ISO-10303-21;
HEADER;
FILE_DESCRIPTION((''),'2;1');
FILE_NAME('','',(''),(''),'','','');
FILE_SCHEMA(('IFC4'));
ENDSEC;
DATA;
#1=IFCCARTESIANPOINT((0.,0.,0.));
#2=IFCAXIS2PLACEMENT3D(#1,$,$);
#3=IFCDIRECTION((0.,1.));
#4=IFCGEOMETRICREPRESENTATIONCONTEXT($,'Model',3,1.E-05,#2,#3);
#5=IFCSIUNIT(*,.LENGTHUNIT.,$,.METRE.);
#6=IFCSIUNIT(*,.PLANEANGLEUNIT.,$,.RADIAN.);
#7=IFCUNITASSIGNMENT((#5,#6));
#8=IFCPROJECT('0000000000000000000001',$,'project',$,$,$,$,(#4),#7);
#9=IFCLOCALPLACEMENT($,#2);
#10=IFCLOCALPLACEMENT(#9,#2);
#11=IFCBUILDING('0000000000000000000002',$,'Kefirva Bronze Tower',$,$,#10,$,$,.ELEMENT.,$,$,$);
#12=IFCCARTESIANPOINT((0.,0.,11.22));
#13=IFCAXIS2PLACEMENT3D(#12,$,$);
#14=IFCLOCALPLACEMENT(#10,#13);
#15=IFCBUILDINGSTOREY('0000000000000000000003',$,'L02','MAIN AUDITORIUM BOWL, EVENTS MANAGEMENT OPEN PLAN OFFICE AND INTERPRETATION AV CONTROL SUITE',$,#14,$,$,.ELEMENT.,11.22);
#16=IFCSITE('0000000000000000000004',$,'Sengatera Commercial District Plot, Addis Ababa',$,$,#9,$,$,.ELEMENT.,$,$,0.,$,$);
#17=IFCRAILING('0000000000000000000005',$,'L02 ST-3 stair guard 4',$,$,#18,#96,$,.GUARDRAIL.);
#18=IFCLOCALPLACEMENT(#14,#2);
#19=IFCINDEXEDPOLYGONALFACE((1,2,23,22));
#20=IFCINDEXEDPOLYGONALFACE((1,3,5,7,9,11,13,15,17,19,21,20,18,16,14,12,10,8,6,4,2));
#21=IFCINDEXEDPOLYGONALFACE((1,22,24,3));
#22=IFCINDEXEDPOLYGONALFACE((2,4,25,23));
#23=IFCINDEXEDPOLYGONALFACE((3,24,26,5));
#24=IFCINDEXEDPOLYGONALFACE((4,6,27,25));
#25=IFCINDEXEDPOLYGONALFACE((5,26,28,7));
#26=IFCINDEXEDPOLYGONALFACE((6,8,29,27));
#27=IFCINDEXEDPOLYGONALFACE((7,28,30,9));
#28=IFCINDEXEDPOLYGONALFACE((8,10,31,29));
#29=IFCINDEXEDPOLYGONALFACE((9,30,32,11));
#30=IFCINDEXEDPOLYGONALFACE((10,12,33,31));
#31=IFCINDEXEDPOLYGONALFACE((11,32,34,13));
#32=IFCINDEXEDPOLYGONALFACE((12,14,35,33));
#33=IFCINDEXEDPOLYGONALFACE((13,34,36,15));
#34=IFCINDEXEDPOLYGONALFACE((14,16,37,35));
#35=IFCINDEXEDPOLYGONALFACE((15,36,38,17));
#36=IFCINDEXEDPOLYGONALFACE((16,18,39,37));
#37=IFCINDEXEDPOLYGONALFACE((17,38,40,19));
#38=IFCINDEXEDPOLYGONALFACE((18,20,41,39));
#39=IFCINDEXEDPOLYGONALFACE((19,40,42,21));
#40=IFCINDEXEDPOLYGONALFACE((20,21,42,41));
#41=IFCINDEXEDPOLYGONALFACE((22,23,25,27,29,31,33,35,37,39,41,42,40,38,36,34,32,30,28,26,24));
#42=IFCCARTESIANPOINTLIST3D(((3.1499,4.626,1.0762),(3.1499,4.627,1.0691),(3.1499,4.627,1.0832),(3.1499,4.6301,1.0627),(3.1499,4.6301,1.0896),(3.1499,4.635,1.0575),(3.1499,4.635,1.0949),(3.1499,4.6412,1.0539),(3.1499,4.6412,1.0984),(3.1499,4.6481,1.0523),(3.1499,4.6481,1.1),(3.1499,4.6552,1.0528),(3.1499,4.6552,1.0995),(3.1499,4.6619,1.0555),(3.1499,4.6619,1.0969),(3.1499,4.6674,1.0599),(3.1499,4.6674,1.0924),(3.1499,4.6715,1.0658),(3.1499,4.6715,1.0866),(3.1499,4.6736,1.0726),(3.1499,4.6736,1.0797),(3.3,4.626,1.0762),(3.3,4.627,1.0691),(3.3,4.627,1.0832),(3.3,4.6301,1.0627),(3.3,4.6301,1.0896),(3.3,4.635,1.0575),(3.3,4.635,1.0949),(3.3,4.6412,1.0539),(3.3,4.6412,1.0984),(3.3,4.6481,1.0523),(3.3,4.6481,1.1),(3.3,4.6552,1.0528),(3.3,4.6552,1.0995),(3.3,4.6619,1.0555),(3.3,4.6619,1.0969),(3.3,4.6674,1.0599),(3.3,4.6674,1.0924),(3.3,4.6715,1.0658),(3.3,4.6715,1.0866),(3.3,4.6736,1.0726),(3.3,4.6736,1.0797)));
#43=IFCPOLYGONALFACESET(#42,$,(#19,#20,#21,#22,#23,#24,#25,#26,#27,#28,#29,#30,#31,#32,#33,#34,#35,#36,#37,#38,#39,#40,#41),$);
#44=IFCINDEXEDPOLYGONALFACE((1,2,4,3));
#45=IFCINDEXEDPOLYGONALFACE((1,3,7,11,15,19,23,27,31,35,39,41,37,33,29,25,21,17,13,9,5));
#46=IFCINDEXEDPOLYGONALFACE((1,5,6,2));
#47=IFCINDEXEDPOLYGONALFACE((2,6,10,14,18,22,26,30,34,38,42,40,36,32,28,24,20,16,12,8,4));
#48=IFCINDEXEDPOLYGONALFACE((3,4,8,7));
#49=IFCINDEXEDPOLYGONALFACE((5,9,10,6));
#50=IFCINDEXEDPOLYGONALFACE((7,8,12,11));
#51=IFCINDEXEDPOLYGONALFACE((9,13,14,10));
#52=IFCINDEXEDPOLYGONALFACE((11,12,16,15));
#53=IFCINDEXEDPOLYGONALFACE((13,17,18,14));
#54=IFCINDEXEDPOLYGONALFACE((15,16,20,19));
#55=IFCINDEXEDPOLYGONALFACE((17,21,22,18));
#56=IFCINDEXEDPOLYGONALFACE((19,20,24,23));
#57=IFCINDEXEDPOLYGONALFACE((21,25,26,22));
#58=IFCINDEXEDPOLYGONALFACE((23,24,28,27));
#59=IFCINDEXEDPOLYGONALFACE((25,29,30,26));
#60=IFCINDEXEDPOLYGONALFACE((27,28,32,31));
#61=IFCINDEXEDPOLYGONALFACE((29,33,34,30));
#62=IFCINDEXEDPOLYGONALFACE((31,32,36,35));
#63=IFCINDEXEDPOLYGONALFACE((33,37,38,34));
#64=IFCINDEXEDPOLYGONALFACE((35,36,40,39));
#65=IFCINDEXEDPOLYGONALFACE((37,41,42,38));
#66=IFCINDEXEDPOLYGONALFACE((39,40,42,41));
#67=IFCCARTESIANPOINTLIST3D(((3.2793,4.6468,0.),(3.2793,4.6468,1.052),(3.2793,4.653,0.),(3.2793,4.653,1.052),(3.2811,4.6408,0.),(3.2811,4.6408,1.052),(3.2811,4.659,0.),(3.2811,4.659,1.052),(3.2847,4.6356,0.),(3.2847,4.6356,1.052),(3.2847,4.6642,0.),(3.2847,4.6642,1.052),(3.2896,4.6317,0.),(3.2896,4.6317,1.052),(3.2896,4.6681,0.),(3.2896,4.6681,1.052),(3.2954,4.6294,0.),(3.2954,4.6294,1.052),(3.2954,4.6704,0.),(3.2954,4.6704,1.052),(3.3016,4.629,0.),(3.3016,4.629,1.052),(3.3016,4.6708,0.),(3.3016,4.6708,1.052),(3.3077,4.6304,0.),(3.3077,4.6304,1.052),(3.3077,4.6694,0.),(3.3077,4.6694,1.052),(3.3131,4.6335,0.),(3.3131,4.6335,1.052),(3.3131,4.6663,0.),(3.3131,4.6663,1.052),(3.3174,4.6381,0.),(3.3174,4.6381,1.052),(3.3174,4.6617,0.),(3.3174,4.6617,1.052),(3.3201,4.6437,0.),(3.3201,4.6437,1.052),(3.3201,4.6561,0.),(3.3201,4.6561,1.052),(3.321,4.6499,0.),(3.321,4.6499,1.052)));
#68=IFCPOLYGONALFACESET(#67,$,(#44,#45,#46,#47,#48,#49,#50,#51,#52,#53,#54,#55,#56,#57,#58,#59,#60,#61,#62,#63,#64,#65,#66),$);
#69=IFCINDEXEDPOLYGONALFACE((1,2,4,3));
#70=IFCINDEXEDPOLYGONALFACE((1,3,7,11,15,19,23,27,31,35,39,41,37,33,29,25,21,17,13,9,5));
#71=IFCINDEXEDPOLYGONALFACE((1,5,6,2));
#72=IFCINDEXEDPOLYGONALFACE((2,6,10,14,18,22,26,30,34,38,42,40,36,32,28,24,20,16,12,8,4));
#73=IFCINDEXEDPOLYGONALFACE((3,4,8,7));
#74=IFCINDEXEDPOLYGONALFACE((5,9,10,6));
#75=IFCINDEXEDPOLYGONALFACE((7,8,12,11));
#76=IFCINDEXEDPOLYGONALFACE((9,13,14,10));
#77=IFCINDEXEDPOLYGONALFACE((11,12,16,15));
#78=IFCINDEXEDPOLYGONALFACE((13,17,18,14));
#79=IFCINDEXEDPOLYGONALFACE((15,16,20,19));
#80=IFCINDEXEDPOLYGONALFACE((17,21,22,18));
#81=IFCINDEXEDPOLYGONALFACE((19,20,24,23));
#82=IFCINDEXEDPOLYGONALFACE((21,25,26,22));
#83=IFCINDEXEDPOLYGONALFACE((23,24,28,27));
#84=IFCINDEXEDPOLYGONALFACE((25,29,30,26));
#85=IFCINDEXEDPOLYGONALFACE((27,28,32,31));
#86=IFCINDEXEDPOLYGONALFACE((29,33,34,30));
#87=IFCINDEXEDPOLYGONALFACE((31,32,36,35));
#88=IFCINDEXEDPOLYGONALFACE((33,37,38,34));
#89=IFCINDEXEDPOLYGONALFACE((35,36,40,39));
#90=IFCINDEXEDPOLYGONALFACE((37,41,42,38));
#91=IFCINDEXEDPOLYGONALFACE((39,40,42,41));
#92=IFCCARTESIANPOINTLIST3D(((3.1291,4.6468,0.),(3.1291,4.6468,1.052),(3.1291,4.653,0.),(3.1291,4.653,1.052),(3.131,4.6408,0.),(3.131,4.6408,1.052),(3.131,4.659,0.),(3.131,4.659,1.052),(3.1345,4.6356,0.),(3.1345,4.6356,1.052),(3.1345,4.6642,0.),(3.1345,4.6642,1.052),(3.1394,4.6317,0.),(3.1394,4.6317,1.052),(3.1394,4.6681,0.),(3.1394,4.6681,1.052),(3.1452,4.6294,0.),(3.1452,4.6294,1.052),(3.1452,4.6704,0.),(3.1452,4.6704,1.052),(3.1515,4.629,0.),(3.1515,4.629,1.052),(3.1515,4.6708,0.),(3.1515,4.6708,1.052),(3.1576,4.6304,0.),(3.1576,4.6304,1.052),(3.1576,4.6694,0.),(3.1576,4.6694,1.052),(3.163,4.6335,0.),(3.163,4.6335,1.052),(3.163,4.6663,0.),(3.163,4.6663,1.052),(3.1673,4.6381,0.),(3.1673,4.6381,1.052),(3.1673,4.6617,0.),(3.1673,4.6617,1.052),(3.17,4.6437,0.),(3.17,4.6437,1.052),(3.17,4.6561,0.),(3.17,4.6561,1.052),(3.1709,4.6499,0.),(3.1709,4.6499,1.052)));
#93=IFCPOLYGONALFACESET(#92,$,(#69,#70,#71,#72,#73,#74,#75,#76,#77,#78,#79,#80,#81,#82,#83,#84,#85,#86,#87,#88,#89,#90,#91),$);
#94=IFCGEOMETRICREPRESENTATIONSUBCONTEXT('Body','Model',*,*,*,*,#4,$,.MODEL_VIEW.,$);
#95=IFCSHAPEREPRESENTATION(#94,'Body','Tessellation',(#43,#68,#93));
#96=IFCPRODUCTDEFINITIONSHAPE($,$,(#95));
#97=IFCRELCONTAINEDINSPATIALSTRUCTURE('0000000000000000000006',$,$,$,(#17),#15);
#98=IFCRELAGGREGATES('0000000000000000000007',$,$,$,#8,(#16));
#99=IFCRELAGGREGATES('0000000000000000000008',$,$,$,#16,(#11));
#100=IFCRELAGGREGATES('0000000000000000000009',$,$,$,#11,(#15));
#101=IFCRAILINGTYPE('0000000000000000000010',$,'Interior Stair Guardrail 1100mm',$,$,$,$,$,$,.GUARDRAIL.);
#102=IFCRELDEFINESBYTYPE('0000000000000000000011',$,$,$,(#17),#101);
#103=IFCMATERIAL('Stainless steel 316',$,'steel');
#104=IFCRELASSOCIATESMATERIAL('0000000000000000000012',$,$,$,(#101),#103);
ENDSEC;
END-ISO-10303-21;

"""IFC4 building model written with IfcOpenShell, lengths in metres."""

from ifc_helpers import new_model, si_unit, direction, frame, origin, origin_2d, place, context, subcontext, project, spatial, circle, extrude, material, type_object, element, save


model = new_model("IFC4")

# Units and contexts
model_context = context("Model", 3, precision=1e-05, world=origin(), true_north=direction((0.0, 1.0)))
body_context = subcontext(model_context, "Body", "Model", "MODEL_VIEW")
ifc_project = project(units=[si_unit("LENGTHUNIT", "METRE"), si_unit("PLANEANGLEUNIT", "RADIAN")], contexts=[model_context])

# Site, building, storey
site_placement = place(None, origin())
site = spatial("IfcSite", under=ifc_project, at=site_placement, Name="Sengatera Commercial District Plot, Addis Ababa", CompositionType="ELEMENT", RefElevation=0.0)
building_placement = place(site_placement, origin())
building = spatial("IfcBuilding", under=site, at=building_placement, Name="Kefirva Bronze Tower", CompositionType="ELEMENT")
storey_placement = place(building_placement, frame((0.0, 0.0, 11.22)))
storey = spatial("IfcBuildingStorey", under=building, at=storey_placement, Name="L02", Description="MAIN AUDITORIUM BOWL, EVENTS MANAGEMENT OPEN PLAN OFFICE AND INTERPRETATION AV CONTROL SUITE", CompositionType="ELEMENT", Elevation=11.22)

# Railing
ifc_material_1 = material(Name="Stainless steel 316", Category="steel")
railing_type_1 = type_object("IfcRailingType", Name="Interior Stair Guardrail 1100mm", PredefinedType="GUARDRAIL", material=ifc_material_1)
railing_1_placement = place(storey_placement, frame((3.3, 4.6499, 0.0)))
element("IfcRailing", 1, at=railing_1_placement, inside=storey, type_object=railing_type_1, Name="L02 ST-3 stair guard 4", PredefinedType="GUARDRAIL", context=body_context, shape_type="SweptSolid", body=[
    extrude(circle(Radius=0.0239, at=origin_2d()), frame((0.0, 0.0, 1.0762), z_axis=(-1.0, 0.0, 0.0), x_axis=(0.0, -1.0, 0.0)), (0.0, 0.0, 1.0), 0.1501),
    extrude(circle(Radius=0.021, at=origin_2d()), origin(), (0.0, 0.0, 1.0), 1.052),
    extrude(circle(Radius=0.021, at=origin_2d()), frame((-0.1501, 0.0, 0.0)), (0.0, 0.0, 1.0), 1.052),
])

save(model, "model.ifc")
